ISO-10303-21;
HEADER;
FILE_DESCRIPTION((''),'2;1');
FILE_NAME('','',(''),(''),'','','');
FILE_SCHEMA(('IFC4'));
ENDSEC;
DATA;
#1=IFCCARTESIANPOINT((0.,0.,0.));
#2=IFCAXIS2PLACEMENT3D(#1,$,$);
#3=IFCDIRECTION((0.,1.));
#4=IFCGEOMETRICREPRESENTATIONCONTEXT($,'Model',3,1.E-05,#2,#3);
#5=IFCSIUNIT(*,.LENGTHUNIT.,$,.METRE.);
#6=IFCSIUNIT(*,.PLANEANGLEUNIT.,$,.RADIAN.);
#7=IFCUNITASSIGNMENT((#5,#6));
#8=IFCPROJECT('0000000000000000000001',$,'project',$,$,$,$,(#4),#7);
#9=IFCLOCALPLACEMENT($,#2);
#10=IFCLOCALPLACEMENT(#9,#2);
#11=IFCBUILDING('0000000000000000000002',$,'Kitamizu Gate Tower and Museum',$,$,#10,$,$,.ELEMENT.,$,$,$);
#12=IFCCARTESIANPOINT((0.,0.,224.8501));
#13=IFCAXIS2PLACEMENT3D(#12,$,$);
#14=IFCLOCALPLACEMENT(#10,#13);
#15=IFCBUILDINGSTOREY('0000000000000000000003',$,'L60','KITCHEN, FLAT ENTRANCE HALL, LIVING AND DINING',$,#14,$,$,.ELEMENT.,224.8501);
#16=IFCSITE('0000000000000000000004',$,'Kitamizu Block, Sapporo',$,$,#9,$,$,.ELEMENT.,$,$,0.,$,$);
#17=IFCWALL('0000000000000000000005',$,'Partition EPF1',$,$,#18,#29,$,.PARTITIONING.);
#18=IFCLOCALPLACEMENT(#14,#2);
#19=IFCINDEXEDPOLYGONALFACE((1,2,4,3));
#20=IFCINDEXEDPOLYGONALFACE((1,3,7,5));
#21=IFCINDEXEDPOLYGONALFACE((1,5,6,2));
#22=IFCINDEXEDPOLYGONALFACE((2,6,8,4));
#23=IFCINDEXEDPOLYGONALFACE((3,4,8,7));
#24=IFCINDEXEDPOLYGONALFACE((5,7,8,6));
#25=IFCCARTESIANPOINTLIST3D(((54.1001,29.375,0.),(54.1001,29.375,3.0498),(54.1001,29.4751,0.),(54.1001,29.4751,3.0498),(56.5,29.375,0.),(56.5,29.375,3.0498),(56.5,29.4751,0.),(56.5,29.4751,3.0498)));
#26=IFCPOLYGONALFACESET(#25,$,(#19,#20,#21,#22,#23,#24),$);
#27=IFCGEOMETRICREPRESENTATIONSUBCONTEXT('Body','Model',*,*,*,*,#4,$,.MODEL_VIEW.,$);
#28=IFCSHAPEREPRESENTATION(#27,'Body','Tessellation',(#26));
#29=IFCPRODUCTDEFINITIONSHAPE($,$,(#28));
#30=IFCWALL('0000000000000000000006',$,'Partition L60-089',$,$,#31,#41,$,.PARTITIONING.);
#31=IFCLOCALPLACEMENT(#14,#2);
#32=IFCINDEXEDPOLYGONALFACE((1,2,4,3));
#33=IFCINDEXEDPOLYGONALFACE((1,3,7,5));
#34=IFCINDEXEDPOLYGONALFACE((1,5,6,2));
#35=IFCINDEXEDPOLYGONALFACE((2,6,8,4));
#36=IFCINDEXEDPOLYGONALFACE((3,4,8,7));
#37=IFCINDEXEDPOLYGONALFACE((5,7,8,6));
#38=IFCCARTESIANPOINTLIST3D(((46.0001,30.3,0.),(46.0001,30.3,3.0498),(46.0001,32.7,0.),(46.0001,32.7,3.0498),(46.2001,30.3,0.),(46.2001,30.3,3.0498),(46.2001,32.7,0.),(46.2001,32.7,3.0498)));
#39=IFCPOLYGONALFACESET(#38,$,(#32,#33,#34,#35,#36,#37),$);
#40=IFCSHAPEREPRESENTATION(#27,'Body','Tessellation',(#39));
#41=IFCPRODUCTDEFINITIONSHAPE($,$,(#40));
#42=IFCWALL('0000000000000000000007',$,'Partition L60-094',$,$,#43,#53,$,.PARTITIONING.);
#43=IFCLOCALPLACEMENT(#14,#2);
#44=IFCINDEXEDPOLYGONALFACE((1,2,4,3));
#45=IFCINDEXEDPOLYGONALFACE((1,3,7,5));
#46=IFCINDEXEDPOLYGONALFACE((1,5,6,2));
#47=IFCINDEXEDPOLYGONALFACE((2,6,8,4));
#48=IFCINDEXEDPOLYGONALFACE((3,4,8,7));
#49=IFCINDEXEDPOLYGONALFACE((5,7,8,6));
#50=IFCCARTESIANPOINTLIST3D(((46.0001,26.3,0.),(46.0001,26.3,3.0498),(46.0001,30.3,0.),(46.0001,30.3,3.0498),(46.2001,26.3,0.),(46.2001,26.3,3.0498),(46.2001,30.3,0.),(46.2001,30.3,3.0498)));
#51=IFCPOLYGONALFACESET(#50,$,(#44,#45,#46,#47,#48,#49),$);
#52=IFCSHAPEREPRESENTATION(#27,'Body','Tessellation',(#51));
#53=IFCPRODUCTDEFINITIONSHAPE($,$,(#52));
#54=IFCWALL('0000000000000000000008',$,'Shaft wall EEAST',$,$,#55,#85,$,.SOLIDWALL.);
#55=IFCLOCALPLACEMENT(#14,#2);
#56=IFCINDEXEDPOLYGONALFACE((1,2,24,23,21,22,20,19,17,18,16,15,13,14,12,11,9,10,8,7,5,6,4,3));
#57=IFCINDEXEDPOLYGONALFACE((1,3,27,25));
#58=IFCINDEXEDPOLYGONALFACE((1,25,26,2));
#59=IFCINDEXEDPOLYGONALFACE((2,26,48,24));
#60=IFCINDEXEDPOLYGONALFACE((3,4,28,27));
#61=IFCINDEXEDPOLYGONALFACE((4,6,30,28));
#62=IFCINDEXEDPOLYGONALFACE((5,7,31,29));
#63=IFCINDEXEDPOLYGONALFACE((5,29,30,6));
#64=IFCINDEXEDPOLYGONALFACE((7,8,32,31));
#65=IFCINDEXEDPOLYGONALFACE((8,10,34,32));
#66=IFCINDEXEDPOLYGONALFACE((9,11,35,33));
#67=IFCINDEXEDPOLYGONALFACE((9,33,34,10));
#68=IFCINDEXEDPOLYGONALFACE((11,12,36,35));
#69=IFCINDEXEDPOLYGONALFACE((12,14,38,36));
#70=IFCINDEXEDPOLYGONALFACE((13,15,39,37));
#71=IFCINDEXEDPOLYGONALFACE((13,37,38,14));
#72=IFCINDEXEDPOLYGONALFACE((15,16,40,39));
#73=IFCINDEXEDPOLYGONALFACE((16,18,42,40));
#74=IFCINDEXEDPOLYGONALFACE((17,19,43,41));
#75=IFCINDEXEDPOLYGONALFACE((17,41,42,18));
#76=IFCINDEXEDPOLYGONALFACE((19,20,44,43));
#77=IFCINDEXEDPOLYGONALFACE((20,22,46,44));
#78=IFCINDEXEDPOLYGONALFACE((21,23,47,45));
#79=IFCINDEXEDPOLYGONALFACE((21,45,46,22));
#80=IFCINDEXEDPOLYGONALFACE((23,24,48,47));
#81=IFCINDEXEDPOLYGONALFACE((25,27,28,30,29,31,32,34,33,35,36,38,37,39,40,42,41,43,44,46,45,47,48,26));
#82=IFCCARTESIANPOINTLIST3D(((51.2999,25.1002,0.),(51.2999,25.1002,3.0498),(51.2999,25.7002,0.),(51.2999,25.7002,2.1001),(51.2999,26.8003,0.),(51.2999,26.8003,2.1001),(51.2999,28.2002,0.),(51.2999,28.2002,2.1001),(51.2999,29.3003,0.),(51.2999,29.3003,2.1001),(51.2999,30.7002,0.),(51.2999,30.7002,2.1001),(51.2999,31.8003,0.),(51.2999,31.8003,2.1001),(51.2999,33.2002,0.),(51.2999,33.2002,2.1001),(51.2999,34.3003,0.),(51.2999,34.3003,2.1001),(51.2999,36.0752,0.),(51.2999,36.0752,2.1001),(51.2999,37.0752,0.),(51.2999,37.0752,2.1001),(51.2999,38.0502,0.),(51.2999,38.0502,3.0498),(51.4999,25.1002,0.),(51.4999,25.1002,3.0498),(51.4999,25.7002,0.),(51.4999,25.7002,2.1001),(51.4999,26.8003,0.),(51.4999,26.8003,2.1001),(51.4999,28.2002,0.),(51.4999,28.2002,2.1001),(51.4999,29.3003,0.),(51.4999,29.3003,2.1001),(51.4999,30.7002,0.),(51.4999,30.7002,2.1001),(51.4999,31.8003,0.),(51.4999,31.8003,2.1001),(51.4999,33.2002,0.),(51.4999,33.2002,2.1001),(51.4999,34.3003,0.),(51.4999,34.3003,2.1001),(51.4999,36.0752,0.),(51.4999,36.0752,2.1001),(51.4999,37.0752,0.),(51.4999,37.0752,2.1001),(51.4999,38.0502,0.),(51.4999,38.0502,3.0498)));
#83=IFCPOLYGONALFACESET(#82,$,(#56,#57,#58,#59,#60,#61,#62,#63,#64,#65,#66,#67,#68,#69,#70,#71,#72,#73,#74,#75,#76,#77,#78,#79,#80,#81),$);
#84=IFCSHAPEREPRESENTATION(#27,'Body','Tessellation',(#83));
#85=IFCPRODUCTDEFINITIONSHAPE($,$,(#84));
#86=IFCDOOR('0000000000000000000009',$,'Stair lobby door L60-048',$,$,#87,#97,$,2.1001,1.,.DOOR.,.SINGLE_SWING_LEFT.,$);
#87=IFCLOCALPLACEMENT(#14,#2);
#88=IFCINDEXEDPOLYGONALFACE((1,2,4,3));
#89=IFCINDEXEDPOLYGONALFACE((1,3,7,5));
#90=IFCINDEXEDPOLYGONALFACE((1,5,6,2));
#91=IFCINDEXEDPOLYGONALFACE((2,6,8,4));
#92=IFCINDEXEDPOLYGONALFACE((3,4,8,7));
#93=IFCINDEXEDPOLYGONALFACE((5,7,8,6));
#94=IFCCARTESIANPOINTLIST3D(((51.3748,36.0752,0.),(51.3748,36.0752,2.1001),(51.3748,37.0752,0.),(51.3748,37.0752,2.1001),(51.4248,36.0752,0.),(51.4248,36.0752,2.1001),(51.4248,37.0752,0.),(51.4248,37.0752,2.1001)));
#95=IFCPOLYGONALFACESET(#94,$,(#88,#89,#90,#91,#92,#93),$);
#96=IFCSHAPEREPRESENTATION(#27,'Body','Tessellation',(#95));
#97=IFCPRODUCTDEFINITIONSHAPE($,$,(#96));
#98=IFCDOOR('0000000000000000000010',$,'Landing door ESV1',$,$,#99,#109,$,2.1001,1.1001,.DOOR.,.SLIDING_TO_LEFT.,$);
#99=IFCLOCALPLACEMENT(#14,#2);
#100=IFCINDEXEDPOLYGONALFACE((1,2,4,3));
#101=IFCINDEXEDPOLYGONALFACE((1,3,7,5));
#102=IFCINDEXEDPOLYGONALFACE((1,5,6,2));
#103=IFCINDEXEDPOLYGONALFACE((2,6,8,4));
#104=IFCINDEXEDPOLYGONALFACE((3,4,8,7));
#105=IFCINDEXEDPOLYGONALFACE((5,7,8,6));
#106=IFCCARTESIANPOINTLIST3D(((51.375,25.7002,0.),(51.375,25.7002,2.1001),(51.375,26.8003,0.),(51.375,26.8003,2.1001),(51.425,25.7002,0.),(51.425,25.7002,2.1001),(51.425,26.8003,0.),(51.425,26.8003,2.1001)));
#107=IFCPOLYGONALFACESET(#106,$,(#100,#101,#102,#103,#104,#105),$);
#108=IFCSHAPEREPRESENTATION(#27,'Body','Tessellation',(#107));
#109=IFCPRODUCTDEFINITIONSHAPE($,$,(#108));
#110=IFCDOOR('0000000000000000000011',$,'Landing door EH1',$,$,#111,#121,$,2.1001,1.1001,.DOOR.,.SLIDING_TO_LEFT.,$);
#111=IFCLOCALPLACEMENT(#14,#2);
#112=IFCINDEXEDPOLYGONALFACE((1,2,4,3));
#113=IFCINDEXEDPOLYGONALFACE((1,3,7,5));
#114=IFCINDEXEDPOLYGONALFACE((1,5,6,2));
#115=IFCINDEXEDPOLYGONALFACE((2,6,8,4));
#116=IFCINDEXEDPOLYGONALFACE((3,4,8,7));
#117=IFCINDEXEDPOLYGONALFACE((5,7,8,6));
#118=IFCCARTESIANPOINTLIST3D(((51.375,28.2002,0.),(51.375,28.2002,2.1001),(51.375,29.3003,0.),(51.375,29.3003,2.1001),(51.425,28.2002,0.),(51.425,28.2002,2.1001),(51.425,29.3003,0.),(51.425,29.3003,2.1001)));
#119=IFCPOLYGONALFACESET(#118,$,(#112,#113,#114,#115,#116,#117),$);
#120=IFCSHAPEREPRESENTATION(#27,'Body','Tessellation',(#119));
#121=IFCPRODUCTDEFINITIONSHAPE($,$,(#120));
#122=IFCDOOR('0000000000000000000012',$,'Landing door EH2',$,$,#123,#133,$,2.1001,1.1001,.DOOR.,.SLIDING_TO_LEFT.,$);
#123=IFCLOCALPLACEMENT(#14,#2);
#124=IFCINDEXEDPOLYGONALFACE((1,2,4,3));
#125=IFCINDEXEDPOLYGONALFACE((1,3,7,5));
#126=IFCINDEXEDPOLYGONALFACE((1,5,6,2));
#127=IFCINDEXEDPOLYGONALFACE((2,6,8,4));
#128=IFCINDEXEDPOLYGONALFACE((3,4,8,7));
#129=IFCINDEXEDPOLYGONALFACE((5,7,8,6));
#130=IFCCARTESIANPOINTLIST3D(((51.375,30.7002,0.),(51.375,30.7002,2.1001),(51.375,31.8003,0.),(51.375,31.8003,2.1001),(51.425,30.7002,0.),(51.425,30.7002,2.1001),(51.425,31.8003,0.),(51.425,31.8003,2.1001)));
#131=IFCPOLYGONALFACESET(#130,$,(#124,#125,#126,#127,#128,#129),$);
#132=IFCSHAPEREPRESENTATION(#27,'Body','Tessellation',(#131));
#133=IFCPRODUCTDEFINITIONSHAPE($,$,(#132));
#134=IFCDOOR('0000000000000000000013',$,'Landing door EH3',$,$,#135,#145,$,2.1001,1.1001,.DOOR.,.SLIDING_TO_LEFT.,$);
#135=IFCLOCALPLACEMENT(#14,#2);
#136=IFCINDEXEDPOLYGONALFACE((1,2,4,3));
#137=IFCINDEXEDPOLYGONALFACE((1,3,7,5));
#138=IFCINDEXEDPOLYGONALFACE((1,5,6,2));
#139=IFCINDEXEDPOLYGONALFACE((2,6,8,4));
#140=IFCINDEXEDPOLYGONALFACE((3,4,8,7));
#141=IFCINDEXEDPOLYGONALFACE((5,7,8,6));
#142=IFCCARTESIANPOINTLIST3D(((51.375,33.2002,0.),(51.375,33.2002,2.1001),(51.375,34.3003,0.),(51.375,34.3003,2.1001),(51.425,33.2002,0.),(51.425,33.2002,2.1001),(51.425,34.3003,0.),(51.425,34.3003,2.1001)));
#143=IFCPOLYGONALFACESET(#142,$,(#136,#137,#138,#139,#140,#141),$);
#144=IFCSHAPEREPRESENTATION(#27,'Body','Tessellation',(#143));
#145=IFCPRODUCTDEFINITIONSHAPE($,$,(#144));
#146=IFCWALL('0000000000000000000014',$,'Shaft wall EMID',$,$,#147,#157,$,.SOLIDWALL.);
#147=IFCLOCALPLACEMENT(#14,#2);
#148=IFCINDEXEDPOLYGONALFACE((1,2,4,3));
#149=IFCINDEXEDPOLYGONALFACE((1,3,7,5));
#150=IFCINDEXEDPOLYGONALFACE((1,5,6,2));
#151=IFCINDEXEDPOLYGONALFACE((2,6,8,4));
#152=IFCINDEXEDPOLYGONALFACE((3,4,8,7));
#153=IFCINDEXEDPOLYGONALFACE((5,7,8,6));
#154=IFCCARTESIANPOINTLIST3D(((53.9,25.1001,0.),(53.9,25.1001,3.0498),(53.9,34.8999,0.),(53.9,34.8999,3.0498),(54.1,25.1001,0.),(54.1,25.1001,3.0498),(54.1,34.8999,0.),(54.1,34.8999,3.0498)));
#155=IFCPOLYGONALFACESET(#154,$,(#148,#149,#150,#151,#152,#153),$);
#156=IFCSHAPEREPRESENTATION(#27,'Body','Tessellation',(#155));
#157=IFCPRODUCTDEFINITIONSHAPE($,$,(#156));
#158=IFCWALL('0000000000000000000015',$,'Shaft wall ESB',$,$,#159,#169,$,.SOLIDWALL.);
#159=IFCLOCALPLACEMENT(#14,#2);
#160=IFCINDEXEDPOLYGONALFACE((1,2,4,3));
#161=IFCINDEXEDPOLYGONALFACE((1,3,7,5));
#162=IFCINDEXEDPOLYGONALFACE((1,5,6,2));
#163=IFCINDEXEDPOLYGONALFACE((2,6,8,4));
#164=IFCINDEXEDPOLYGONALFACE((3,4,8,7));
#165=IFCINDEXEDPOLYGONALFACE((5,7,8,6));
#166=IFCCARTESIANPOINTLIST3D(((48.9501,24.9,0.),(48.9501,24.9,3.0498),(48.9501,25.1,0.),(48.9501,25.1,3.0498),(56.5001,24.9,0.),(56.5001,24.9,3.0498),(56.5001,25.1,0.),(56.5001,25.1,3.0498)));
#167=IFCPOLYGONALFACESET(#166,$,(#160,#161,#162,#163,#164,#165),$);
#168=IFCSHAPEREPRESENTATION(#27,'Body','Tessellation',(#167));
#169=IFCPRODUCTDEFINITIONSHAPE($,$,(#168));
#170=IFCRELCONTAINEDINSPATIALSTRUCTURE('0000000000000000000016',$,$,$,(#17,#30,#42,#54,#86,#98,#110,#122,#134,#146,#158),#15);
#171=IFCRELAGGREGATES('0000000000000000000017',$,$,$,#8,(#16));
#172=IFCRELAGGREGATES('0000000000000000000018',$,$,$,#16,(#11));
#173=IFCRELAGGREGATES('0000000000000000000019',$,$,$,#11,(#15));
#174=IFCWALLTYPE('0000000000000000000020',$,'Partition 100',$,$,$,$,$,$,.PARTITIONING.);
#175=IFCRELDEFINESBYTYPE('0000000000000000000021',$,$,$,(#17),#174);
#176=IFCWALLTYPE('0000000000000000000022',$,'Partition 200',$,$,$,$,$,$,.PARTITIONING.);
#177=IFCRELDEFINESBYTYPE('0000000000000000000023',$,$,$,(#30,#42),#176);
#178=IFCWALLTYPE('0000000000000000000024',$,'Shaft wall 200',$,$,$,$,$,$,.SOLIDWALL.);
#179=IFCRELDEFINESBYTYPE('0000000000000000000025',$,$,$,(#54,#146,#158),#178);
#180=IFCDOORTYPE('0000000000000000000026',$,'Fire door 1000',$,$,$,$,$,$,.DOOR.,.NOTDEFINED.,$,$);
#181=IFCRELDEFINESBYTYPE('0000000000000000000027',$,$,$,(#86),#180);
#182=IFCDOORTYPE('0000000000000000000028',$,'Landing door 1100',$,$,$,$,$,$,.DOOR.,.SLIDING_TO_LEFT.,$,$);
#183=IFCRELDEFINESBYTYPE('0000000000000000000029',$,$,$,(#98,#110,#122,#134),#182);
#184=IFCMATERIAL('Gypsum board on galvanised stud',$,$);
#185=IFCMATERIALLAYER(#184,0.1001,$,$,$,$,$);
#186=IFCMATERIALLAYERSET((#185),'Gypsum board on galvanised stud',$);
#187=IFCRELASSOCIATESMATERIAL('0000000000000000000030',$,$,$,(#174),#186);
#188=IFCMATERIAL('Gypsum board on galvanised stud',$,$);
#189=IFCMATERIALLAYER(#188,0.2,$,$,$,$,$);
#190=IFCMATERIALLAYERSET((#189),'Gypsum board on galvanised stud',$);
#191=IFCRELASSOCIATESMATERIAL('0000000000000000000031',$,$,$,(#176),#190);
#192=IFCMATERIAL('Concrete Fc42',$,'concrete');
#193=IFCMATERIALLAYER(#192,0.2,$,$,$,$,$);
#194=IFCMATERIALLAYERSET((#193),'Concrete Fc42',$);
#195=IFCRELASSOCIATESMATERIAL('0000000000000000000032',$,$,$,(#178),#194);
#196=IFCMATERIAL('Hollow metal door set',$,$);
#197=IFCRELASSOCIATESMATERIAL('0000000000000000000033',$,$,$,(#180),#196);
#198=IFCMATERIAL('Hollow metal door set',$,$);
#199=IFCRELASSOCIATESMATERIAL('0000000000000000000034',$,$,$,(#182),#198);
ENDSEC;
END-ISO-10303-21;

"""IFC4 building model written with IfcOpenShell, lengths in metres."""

from ifc_helpers import new_model, si_unit, direction, frame, frame_2d, origin, place, context, subcontext, project, spatial, rectangle, extrude, material, layer, layer_set, type_object, element, fill, save


model = new_model("IFC4")

# Units and contexts
model_context = context("Model", 3, precision=1e-05, world=origin(), true_north=direction((0.0, 1.0)))
body_context = subcontext(model_context, "Body", "Model", "MODEL_VIEW")
ifc_project = project(units=[si_unit("LENGTHUNIT", "METRE"), si_unit("PLANEANGLEUNIT", "RADIAN")], contexts=[model_context])

# Site, building, storey
site_placement = place(None, origin())
site = spatial("IfcSite", under=ifc_project, at=site_placement, Name="Kitamizu Block, Sapporo", CompositionType="ELEMENT", RefElevation=0.0)
building_placement = place(site_placement, origin())
building = spatial("IfcBuilding", under=site, at=building_placement, Name="Kitamizu Gate Tower and Museum", CompositionType="ELEMENT")
storey_placement = place(building_placement, frame((0.0, 0.0, 224.8501)))
storey = spatial("IfcBuildingStorey", under=building, at=storey_placement, Name="L60", Description="KITCHEN, FLAT ENTRANCE HALL, LIVING AND DINING", CompositionType="ELEMENT", Elevation=224.8501)

# Walls
ifc_material_1 = material(Name="Gypsum board on galvanised stud")
ifc_layer_1 = layer(ifc_material_1, 0.1001)
ifc_layer_set_1 = layer_set([ifc_layer_1], Name="Gypsum board on galvanised stud")
wall_type_1 = type_object("IfcWallType", Name="Partition 100", PredefinedType="PARTITIONING", material=ifc_layer_set_1)
wall_1_placement = place(storey_placement, frame((56.5, 29.425, 0.0), z_axis=(0.0, 0.0, 1.0), x_axis=(-1.0, 0.0, 0.0)))
element("IfcWall", 1, at=wall_1_placement, inside=storey, type_object=wall_type_1, Name="Partition EPF1", PredefinedType="PARTITIONING", context=body_context, shape_type="SweptSolid", body=[
    extrude(rectangle(XDim=2.3999, YDim=0.1001, at=frame_2d((1.2, 0.0))), origin(), (0.0, 0.0, 1.0), 3.0498),
])
ifc_material_2 = material(Name="Gypsum board on galvanised stud")
ifc_layer_2 = layer(ifc_material_2, 0.2)
ifc_layer_set_2 = layer_set([ifc_layer_2], Name="Gypsum board on galvanised stud")
wall_type_2 = type_object("IfcWallType", Name="Partition 200", PredefinedType="PARTITIONING", material=ifc_layer_set_2)
wall_2_placement = place(storey_placement, frame((46.1001, 30.3, 0.0), z_axis=(0.0, 0.0, 1.0), x_axis=(0.0, 1.0, 0.0)))
element("IfcWall", 2, at=wall_2_placement, inside=storey, type_object=wall_type_2, Name="Partition L60-089", PredefinedType="PARTITIONING", context=body_context, shape_type="SweptSolid", body=[
    extrude(rectangle(XDim=2.3999, YDim=0.2, at=frame_2d((1.2, 0.0))), origin(), (0.0, 0.0, 1.0), 3.0498),
])
wall_3_placement = place(storey_placement, frame((46.1001, 26.3, 0.0), z_axis=(0.0, 0.0, 1.0), x_axis=(0.0, 1.0, 0.0)))
element("IfcWall", 3, at=wall_3_placement, inside=storey, type_object=wall_type_2, Name="Partition L60-094", PredefinedType="PARTITIONING", context=body_context, shape_type="SweptSolid", body=[
    extrude(rectangle(XDim=4.0, YDim=0.2, at=frame_2d((2.0, 0.0))), origin(), (0.0, 0.0, 1.0), 3.0498),
])

# Wall, openings, doors
ifc_material_3 = material(Name="Concrete Fc42", Category="concrete")
ifc_layer_3 = layer(ifc_material_3, 0.2)
ifc_layer_set_3 = layer_set([ifc_layer_3], Name="Concrete Fc42")
wall_type_3 = type_object("IfcWallType", Name="Shaft wall 200", PredefinedType="SOLIDWALL", material=ifc_layer_set_3)
wall_4_placement = place(storey_placement, frame((51.3999, 25.1001, 0.0), z_axis=(0.0, 0.0, 1.0), x_axis=(0.0, 1.0, 0.0)))
wall_4 = element("IfcWall", 4, at=wall_4_placement, inside=storey, type_object=wall_type_3, Name="Shaft wall EEAST", PredefinedType="SOLIDWALL", context=body_context, shape_type="SweptSolid", body=[
    extrude(rectangle(XDim=12.95, YDim=0.2, at=frame_2d((6.4751, 0.0))), origin(), (0.0, 0.0, 1.0), 3.0498),
])
opening_1_placement = place(wall_4_placement, frame((0.6001, 0.0, 0.0)))
opening_1 = element("IfcOpeningElement", 5, at=opening_1_placement, cuts=wall_4, PredefinedType="OPENING", context=body_context, shape_type="SweptSolid", body=[
    extrude(rectangle(XDim=1.1001, YDim=2.1001, at=frame_2d((0.55, 1.05))), frame((0.0, 0.1099, 0.0), z_axis=(0.0, -1.0, 0.0), x_axis=(1.0, 0.0, 0.0)), (0.0, 0.0, 1.0), 0.22),
])
opening_2_placement = place(wall_4_placement, frame((3.1001, 0.0, 0.0)))
opening_2 = element("IfcOpeningElement", 6, at=opening_2_placement, cuts=wall_4, PredefinedType="OPENING", context=body_context, shape_type="SweptSolid", body=[
    extrude(rectangle(XDim=1.1001, YDim=2.1001, at=frame_2d((0.55, 1.05))), frame((0.0, 0.1099, 0.0), z_axis=(0.0, -1.0, 0.0), x_axis=(1.0, 0.0, 0.0)), (0.0, 0.0, 1.0), 0.22),
])
opening_3_placement = place(wall_4_placement, frame((5.6001, 0.0, 0.0)))
opening_3 = element("IfcOpeningElement", 7, at=opening_3_placement, cuts=wall_4, PredefinedType="OPENING", context=body_context, shape_type="SweptSolid", body=[
    extrude(rectangle(XDim=1.1001, YDim=2.1001, at=frame_2d((0.55, 1.05))), frame((0.0, 0.1099, 0.0), z_axis=(0.0, -1.0, 0.0), x_axis=(1.0, 0.0, 0.0)), (0.0, 0.0, 1.0), 0.22),
])
opening_4_placement = place(wall_4_placement, frame((8.1001, 0.0, 0.0)))
opening_4 = element("IfcOpeningElement", 8, at=opening_4_placement, cuts=wall_4, PredefinedType="OPENING", context=body_context, shape_type="SweptSolid", body=[
    extrude(rectangle(XDim=1.1001, YDim=2.1001, at=frame_2d((0.55, 1.05))), frame((0.0, 0.1099, 0.0), z_axis=(0.0, -1.0, 0.0), x_axis=(1.0, 0.0, 0.0)), (0.0, 0.0, 1.0), 0.22),
])
opening_5_placement = place(wall_4_placement, frame((10.9751, 0.0, 0.0)))
opening_5 = element("IfcOpeningElement", 9, at=opening_5_placement, cuts=wall_4, PredefinedType="OPENING", context=body_context, shape_type="SweptSolid", body=[
    extrude(rectangle(XDim=1.0, YDim=2.1001, at=frame_2d((0.5, 1.05))), frame((0.0, 0.1099, 0.0), z_axis=(0.0, -1.0, 0.0), x_axis=(1.0, 0.0, 0.0)), (0.0, 0.0, 1.0), 0.22),
])
ifc_material_4 = material(Name="Hollow metal door set")
door_type_1 = type_object("IfcDoorType", Name="Fire door 1000", OperationType="NOTDEFINED", PredefinedType="DOOR", material=ifc_material_4)
door_1_placement = place(opening_5_placement, frame((1.0, 0.0, 0.0), x_axis=(-1.0, 0.0, 0.0)))
door_1 = element("IfcDoor", 10, at=door_1_placement, inside=storey, type_object=door_type_1, Name="Stair lobby door L60-048", OperationType="SINGLE_SWING_LEFT", OverallHeight=2.1001, OverallWidth=1.0, PredefinedType="DOOR", context=body_context, shape_type="SweptSolid", body=[
    extrude(rectangle(XDim=1.0, YDim=2.1001, at=frame_2d((0.5, 1.05))), frame((0.0, 0.0249, 0.0), z_axis=(0.0, -1.0, 0.0), x_axis=(1.0, 0.0, 0.0)), (0.0, 0.0, 1.0), 0.05),
])
fill(opening_5, door_1)
ifc_material_5 = material(Name="Hollow metal door set")
door_type_2 = type_object("IfcDoorType", Name="Landing door 1100", OperationType="SLIDING_TO_LEFT", PredefinedType="DOOR", material=ifc_material_5)
door_2_placement = place(opening_1_placement, origin())
door_2 = element("IfcDoor", 11, at=door_2_placement, inside=storey, type_object=door_type_2, Name="Landing door ESV1", OperationType="SLIDING_TO_LEFT", OverallHeight=2.1001, OverallWidth=1.1001, PredefinedType="DOOR", context=body_context, shape_type="SweptSolid", body=[
    extrude(rectangle(XDim=1.1001, YDim=2.1001, at=frame_2d((0.55, 1.05))), frame((0.0, 0.0249, 0.0), z_axis=(0.0, -1.0, 0.0), x_axis=(1.0, 0.0, 0.0)), (0.0, 0.0, 1.0), 0.05),
])
fill(opening_1, door_2)
door_3_placement = place(opening_2_placement, origin())
door_3 = element("IfcDoor", 12, at=door_3_placement, inside=storey, type_object=door_type_2, Name="Landing door EH1", OperationType="SLIDING_TO_LEFT", OverallHeight=2.1001, OverallWidth=1.1001, PredefinedType="DOOR", context=body_context, shape_type="SweptSolid", body=[
    extrude(rectangle(XDim=1.1001, YDim=2.1001, at=frame_2d((0.55, 1.05))), frame((0.0, 0.0249, 0.0), z_axis=(0.0, -1.0, 0.0), x_axis=(1.0, 0.0, 0.0)), (0.0, 0.0, 1.0), 0.05),
])
fill(opening_2, door_3)
door_4_placement = place(opening_3_placement, origin())
door_4 = element("IfcDoor", 13, at=door_4_placement, inside=storey, type_object=door_type_2, Name="Landing door EH2", OperationType="SLIDING_TO_LEFT", OverallHeight=2.1001, OverallWidth=1.1001, PredefinedType="DOOR", context=body_context, shape_type="SweptSolid", body=[
    extrude(rectangle(XDim=1.1001, YDim=2.1001, at=frame_2d((0.55, 1.05))), frame((0.0, 0.0249, 0.0), z_axis=(0.0, -1.0, 0.0), x_axis=(1.0, 0.0, 0.0)), (0.0, 0.0, 1.0), 0.05),
])
fill(opening_3, door_4)
door_5_placement = place(opening_4_placement, origin())
door_5 = element("IfcDoor", 14, at=door_5_placement, inside=storey, type_object=door_type_2, Name="Landing door EH3", OperationType="SLIDING_TO_LEFT", OverallHeight=2.1001, OverallWidth=1.1001, PredefinedType="DOOR", context=body_context, shape_type="SweptSolid", body=[
    extrude(rectangle(XDim=1.1001, YDim=2.1001, at=frame_2d((0.55, 1.05))), frame((0.0, 0.0249, 0.0), z_axis=(0.0, -1.0, 0.0), x_axis=(1.0, 0.0, 0.0)), (0.0, 0.0, 1.0), 0.05),
])
fill(opening_4, door_5)

# Walls
wall_5_placement = place(storey_placement, frame((54.0, 25.1001, 0.0), z_axis=(0.0, 0.0, 1.0), x_axis=(0.0, 1.0, 0.0)))
element("IfcWall", 15, at=wall_5_placement, inside=storey, type_object=wall_type_3, Name="Shaft wall EMID", PredefinedType="SOLIDWALL", context=body_context, shape_type="SweptSolid", body=[
    extrude(rectangle(XDim=9.7998, YDim=0.2, at=frame_2d((4.8999, 0.0))), origin(), (0.0, 0.0, 1.0), 3.0498),
])
wall_6_placement = place(storey_placement, frame((56.5, 25.0, 0.0), z_axis=(0.0, 0.0, 1.0), x_axis=(-1.0, 0.0, 0.0)))
element("IfcWall", 16, at=wall_6_placement, inside=storey, type_object=wall_type_3, Name="Shaft wall ESB", PredefinedType="SOLIDWALL", context=body_context, shape_type="SweptSolid", body=[
    extrude(rectangle(XDim=7.55, YDim=0.2, at=frame_2d((3.7749, 0.0))), origin(), (0.0, 0.0, 1.0), 3.0498),
])

save(model, "model.ifc")
